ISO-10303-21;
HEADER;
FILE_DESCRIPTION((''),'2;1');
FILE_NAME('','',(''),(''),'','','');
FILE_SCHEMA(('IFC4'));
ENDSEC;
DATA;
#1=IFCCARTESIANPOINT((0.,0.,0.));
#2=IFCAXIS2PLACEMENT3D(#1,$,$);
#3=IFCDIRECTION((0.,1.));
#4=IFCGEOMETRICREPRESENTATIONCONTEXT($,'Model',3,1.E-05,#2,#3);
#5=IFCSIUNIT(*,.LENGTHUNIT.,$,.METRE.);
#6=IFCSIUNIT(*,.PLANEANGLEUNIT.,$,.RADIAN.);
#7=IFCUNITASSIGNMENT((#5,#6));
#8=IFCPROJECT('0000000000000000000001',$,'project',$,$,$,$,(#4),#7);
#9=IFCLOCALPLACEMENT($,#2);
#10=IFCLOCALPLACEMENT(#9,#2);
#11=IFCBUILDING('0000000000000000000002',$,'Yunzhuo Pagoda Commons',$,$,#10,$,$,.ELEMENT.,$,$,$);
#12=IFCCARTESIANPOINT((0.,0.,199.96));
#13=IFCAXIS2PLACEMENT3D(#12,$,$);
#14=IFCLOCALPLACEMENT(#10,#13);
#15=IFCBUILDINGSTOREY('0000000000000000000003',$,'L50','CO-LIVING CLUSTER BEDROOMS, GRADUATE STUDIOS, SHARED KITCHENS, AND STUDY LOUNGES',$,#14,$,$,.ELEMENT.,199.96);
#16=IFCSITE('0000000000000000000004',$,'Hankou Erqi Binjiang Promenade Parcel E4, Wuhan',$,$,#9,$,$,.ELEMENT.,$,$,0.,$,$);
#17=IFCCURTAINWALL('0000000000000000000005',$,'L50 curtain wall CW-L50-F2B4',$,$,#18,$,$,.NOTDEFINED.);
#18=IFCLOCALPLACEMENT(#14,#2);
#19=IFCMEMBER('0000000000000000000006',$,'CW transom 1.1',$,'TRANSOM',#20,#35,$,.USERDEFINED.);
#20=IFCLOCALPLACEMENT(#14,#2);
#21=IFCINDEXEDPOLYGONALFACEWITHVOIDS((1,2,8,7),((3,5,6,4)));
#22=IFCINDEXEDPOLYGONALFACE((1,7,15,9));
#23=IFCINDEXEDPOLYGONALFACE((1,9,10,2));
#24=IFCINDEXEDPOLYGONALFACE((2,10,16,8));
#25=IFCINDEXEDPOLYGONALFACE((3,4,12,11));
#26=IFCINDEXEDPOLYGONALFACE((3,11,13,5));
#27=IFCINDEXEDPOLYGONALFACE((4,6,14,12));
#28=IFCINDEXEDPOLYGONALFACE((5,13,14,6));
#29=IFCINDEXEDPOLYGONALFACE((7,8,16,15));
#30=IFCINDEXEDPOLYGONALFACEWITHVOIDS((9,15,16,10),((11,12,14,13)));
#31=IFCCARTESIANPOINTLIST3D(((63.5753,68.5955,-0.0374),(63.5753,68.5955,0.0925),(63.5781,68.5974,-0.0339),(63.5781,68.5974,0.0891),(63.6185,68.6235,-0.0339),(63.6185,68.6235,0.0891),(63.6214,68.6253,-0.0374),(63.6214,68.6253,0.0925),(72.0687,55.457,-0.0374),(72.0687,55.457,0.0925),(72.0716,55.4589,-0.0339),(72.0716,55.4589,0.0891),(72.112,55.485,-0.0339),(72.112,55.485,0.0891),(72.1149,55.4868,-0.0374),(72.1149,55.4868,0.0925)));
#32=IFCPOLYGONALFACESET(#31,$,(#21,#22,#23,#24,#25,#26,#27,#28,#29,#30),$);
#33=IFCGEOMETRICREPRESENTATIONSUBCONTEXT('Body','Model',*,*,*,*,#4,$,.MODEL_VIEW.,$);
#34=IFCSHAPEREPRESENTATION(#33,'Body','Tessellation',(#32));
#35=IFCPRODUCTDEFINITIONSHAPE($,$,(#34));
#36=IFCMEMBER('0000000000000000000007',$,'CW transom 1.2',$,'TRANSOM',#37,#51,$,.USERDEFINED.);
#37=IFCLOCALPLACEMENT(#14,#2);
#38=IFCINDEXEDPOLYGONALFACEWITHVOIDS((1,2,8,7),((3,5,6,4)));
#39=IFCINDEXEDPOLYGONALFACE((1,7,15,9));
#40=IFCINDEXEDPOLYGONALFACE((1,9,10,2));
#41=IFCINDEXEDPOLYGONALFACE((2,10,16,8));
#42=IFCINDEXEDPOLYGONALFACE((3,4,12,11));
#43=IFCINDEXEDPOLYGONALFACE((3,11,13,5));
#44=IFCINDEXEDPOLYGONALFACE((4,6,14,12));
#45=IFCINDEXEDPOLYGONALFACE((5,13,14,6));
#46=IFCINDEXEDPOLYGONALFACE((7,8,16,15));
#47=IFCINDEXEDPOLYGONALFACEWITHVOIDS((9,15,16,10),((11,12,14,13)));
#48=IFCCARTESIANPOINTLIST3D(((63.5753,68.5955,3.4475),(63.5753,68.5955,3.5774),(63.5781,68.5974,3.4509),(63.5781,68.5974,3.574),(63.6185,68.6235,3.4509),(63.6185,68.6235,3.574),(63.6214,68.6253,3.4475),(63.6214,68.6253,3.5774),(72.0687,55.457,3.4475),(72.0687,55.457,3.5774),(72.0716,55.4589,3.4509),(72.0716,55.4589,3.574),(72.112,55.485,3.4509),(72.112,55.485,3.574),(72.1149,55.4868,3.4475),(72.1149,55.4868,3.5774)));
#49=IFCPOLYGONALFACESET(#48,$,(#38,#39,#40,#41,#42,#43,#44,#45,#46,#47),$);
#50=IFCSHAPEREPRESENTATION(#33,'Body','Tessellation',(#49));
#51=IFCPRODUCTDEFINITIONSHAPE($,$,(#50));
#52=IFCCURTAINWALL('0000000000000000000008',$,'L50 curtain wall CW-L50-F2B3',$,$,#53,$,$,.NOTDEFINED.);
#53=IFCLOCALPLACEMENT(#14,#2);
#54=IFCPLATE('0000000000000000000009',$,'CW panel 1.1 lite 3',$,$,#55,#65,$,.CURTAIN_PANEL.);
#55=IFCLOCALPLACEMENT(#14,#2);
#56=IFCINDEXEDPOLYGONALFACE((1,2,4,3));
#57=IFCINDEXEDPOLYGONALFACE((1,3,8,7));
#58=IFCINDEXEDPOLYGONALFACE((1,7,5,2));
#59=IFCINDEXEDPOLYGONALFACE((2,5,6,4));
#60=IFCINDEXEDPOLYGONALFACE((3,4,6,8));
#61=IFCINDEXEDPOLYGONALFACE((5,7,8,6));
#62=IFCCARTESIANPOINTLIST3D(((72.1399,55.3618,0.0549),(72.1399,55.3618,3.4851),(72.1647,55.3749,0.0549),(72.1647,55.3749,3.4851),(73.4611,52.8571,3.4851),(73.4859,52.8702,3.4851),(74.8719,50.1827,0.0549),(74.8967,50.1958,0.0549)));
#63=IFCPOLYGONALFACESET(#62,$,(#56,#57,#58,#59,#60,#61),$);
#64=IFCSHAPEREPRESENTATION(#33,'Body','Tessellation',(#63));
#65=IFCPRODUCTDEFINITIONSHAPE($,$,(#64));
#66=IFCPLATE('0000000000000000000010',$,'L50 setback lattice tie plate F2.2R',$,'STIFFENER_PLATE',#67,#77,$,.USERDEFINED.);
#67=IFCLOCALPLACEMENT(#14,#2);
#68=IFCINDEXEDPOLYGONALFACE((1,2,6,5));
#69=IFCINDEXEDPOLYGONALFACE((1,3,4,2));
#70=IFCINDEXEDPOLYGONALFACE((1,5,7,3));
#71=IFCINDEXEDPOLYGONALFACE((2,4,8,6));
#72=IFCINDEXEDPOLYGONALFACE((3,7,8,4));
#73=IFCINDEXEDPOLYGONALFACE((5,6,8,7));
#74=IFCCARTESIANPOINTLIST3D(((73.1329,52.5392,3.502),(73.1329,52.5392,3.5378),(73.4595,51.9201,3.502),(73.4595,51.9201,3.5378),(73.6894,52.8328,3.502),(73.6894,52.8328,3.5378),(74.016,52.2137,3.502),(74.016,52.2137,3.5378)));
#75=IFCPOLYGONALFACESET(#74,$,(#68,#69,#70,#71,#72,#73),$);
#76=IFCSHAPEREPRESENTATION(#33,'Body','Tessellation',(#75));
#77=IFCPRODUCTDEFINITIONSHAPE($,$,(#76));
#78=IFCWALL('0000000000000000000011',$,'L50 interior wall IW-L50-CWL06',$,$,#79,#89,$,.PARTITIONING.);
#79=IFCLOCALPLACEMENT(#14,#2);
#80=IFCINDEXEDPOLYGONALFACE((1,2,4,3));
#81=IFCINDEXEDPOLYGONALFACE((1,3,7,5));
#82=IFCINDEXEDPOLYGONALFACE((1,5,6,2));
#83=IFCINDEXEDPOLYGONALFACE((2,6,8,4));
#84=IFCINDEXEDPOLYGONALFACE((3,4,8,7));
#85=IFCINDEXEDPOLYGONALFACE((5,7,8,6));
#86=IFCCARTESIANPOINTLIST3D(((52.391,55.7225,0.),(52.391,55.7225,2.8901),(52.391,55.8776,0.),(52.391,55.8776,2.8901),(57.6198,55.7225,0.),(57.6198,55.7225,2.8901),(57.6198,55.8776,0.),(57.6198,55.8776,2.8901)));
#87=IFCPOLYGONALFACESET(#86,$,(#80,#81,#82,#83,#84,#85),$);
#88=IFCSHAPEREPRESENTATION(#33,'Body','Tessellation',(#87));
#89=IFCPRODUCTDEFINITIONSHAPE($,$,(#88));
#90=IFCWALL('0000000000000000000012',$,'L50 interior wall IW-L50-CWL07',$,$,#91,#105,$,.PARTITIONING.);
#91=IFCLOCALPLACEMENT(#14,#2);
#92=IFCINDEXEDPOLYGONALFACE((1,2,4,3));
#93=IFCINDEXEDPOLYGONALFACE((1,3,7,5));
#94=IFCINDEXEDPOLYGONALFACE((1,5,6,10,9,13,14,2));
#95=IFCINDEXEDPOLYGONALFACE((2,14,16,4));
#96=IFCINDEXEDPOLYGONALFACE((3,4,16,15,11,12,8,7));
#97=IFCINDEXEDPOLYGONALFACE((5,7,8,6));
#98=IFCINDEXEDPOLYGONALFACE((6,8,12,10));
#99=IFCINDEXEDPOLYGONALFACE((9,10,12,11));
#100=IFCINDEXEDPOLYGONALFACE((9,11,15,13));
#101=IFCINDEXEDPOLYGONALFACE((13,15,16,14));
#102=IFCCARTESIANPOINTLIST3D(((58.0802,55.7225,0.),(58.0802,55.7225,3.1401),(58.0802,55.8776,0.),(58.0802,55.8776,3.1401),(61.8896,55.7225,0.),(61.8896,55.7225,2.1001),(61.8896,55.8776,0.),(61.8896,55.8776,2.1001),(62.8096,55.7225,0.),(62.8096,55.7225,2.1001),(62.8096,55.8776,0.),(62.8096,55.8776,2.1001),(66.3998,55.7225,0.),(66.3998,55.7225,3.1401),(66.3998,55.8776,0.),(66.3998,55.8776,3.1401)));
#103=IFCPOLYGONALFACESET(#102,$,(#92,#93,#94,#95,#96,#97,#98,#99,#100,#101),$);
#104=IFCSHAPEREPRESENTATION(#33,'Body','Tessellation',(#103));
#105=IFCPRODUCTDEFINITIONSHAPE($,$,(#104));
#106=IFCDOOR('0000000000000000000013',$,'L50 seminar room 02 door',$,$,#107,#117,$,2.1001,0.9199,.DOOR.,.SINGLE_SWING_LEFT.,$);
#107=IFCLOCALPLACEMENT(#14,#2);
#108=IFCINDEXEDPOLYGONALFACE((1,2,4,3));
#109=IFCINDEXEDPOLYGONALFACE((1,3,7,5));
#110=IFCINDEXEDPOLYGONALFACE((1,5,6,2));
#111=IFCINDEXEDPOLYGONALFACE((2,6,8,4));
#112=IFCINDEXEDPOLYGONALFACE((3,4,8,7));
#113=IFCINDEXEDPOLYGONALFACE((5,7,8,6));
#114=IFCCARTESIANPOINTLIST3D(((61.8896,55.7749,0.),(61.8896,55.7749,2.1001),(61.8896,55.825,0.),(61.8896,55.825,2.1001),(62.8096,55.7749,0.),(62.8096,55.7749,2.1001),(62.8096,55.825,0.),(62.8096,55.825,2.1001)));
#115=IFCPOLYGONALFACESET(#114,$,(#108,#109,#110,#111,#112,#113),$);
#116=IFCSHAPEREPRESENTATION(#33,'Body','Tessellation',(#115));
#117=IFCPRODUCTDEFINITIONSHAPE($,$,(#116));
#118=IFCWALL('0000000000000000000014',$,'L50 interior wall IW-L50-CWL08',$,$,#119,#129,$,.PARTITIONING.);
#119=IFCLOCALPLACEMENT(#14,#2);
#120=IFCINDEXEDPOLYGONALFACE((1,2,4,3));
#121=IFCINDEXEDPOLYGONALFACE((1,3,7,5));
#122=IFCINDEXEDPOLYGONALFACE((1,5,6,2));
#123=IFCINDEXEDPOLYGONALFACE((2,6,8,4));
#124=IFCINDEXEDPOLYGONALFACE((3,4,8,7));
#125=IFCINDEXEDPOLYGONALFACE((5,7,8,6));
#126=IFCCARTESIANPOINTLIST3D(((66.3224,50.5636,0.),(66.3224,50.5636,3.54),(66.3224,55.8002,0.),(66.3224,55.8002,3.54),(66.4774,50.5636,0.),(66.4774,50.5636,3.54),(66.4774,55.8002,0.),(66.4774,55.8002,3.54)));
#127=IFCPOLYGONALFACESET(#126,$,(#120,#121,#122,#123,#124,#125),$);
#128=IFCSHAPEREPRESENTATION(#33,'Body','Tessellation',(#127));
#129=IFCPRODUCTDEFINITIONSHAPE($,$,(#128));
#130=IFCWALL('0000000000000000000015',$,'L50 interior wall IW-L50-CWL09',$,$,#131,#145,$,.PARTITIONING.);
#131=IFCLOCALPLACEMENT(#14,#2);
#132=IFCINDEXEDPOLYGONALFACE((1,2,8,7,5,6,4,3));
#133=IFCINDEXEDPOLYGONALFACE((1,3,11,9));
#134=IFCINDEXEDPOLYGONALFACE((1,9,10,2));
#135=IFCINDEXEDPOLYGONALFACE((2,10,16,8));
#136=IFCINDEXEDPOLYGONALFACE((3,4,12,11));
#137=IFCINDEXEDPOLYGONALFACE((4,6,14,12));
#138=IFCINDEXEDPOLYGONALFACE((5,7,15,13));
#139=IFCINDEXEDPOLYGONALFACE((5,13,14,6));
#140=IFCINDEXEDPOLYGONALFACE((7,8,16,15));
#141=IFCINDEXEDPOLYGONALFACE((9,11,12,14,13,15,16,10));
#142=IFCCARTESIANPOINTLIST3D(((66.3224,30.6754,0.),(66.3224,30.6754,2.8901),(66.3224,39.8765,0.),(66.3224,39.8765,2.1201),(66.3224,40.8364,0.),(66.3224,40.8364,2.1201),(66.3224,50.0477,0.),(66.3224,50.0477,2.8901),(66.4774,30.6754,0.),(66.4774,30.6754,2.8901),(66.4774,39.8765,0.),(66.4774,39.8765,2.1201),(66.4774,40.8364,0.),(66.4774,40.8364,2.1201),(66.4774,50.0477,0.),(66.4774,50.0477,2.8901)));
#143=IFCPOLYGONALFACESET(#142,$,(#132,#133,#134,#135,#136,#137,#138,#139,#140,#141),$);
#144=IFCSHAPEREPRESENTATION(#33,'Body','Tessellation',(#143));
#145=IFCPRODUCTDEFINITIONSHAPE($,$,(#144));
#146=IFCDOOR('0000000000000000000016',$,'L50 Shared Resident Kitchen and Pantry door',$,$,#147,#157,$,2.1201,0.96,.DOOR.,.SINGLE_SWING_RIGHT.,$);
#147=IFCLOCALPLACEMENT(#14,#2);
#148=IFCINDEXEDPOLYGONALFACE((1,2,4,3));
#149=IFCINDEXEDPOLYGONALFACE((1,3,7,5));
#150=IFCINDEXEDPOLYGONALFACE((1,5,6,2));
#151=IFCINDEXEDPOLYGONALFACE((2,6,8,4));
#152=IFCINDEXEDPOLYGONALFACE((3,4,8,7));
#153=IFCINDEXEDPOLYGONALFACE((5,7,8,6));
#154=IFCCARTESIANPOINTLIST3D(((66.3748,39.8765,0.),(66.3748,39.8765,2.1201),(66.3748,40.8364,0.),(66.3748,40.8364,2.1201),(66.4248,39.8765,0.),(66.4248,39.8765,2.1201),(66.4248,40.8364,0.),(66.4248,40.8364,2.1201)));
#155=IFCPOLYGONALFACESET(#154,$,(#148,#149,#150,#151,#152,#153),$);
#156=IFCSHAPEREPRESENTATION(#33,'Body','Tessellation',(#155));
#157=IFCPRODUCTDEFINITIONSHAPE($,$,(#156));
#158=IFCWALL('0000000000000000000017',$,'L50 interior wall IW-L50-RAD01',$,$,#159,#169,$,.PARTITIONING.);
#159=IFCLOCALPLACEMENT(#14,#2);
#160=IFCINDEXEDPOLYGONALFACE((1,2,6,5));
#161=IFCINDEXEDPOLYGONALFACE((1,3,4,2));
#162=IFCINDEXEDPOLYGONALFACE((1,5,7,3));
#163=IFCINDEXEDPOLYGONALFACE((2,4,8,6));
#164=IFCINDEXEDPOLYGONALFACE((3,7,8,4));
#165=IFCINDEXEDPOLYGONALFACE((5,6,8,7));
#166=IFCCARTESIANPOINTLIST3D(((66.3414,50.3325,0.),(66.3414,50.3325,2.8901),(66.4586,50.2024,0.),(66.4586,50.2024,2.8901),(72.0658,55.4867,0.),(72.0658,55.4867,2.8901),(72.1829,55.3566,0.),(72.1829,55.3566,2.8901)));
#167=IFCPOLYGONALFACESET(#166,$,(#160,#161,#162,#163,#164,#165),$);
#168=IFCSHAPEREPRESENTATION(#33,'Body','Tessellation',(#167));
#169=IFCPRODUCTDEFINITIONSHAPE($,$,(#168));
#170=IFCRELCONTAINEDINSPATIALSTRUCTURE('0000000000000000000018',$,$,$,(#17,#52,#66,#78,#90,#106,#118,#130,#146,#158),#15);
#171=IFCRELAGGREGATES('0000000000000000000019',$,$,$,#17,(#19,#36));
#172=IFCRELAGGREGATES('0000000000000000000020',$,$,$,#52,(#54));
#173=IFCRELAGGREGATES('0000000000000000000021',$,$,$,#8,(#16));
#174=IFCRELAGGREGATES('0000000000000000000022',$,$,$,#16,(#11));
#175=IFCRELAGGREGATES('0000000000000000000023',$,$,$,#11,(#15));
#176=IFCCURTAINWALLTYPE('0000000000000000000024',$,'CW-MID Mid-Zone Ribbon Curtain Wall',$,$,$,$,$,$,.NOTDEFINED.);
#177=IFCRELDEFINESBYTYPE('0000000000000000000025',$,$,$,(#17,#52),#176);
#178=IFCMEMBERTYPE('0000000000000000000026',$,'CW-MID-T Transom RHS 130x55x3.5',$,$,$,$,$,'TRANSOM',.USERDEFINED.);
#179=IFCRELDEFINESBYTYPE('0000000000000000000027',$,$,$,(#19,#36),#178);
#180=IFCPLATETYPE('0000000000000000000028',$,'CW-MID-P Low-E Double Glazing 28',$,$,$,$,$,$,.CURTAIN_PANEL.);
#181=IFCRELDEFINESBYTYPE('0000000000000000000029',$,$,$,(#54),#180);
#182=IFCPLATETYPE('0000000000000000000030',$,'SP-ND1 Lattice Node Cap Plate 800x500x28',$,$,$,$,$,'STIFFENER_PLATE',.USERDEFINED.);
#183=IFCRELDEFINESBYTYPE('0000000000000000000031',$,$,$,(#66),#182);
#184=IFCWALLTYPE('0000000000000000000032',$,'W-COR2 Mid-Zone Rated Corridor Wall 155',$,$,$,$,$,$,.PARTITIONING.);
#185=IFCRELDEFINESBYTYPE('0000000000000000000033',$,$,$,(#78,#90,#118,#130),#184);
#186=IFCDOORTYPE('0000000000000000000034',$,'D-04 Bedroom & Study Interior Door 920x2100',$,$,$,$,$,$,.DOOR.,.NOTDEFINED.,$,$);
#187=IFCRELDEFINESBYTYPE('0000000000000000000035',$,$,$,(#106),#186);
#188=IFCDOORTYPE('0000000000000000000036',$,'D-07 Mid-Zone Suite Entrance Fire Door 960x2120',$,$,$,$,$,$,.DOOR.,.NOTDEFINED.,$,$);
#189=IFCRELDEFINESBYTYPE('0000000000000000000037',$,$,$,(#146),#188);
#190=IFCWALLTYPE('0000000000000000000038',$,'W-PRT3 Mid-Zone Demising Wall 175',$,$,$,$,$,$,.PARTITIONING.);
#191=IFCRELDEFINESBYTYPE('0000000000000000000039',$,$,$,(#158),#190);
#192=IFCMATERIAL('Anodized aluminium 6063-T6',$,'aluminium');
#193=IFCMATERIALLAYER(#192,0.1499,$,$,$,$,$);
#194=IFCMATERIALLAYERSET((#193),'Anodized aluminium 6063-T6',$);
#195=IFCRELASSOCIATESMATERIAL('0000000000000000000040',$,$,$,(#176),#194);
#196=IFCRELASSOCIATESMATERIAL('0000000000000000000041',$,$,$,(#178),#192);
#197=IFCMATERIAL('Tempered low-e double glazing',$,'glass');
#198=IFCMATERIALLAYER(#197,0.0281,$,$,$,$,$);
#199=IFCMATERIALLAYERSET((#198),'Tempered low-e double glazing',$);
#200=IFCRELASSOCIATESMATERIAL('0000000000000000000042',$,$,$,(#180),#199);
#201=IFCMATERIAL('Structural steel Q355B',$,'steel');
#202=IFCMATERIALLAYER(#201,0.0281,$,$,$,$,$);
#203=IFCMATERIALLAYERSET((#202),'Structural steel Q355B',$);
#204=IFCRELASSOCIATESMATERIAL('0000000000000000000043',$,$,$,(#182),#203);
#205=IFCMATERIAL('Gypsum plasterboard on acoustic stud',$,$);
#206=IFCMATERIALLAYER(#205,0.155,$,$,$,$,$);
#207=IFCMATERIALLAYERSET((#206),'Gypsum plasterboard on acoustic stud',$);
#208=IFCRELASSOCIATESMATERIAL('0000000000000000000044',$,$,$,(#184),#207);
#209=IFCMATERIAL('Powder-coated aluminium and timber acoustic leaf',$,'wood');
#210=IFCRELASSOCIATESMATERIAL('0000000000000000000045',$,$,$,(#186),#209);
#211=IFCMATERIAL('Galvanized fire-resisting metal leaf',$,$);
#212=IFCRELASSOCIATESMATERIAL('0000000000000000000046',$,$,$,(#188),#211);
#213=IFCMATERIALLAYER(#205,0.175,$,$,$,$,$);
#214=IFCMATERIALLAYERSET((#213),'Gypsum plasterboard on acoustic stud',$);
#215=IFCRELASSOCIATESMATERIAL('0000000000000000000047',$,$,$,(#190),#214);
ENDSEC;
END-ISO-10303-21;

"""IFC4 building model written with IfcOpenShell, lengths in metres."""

from ifc_helpers import new_model, si_unit, direction, frame, frame_2d, origin, origin_with_axes, origin_2d, place, context, subcontext, project, spatial, polyline, rectangle, hollow_rectangle, outline, extrude, source, transform, mapped, material, layer, layer_set, material_profile, profile_set, type_object, element, fill, aggregate, save


model = new_model("IFC4")

# Units and contexts
model_context = context("Model", 3, precision=1e-05, world=origin(), true_north=direction((0.0, 1.0)))
body_context = subcontext(model_context, "Body", "Model", "MODEL_VIEW")
ifc_project = project(units=[si_unit("LENGTHUNIT", "METRE"), si_unit("PLANEANGLEUNIT", "RADIAN")], contexts=[model_context])

# Site, building, storey
site_placement = place(None, origin())
site = spatial("IfcSite", under=ifc_project, at=site_placement, Name="Hankou Erqi Binjiang Promenade Parcel E4, Wuhan", CompositionType="ELEMENT", RefElevation=0.0)
building_placement = place(site_placement, origin())
building = spatial("IfcBuilding", under=site, at=building_placement, Name="Yunzhuo Pagoda Commons", CompositionType="ELEMENT")
storey_placement = place(building_placement, frame((0.0, 0.0, 199.96)))
storey = spatial("IfcBuildingStorey", under=building, at=storey_placement, Name="L50", Description="CO-LIVING CLUSTER BEDROOMS, GRADUATE STUDIOS, SHARED KITCHENS, AND STUDY LOUNGES", CompositionType="ELEMENT", Elevation=199.96)

# Shared definitions
ifc_material_1 = material(Name="Structural steel Q355B", Category="steel")

# Curtain wall, members
ifc_material_2 = material(Name="Anodized aluminium 6063-T6", Category="aluminium")
ifc_layer_1 = layer(ifc_material_2, 0.1499)
ifc_layer_set_1 = layer_set([ifc_layer_1], Name="Anodized aluminium 6063-T6")
curtain_wall_type = type_object("IfcCurtainWallType", Name="CW-MID Mid-Zone Ribbon Curtain Wall", PredefinedType="NOTDEFINED", material=ifc_layer_set_1)
curtain_wall_1_placement = place(storey_placement, origin())
curtain_wall_1 = element("IfcCurtainWall", 1, at=curtain_wall_1_placement, inside=storey, type_object=curtain_wall_type, Name="L50 curtain wall CW-L50-F2B4", PredefinedType="NOTDEFINED")
ifc_material_profile_1 = material_profile(ifc_material_2, hollow_rectangle(XDim=0.0549, YDim=0.1299, WallThickness=0.0034, at=origin_2d()), Name="Anodized aluminium 6063-T6")
ifc_profile_set_1 = profile_set([ifc_material_profile_1], Name="Anodized aluminium 6063-T6")
member_type_1 = type_object("IfcMemberType", Name="CW-MID-T Transom RHS 130x55x3.5", ElementType="TRANSOM", PredefinedType="USERDEFINED", material=ifc_profile_set_1)
shared_shape_1 = source(origin(), body_context, "Body", "SweptSolid", [
    extrude(hollow_rectangle(XDim=0.0549, YDim=0.1299, WallThickness=0.0034, at=origin_2d()), origin(), (0.0, 0.0, 1.0), 15.6448),
])
member_1_placement = place(storey_placement, frame((72.0918, 55.4719, 0.0276), z_axis=(-0.542894, 0.839801, 0.0), x_axis=(-0.839801, -0.542894, 0.0)))
member_1 = element("IfcMember", 2, at=member_1_placement, type_object=member_type_1, Name="CW transom 1.1", ObjectType="TRANSOM", PredefinedType="USERDEFINED", context=body_context, shape_type="MappedRepresentation", body=[
    mapped(shared_shape_1, transform((0.0, 0.0, 0.0), scale=1.0)),
])
member_2_placement = place(storey_placement, frame((72.0918, 55.4719, 3.5125), z_axis=(-0.542894, 0.839801, 0.0), x_axis=(-0.839801, -0.542894, 0.0)))
member_2 = element("IfcMember", 3, at=member_2_placement, type_object=member_type_1, Name="CW transom 1.2", ObjectType="TRANSOM", PredefinedType="USERDEFINED", context=body_context, shape_type="MappedRepresentation", body=[
    mapped(shared_shape_1, transform((0.0, 0.0, 0.0), scale=1.0)),
])
aggregate(curtain_wall_1, [member_1, member_2])

# Curtain wall, plate
curtain_wall_2_placement = place(storey_placement, origin())
curtain_wall_2 = element("IfcCurtainWall", 4, at=curtain_wall_2_placement, inside=storey, type_object=curtain_wall_type, Name="L50 curtain wall CW-L50-F2B3", PredefinedType="NOTDEFINED")
ifc_material_3 = material(Name="Tempered low-e double glazing", Category="glass")
ifc_layer_2 = layer(ifc_material_3, 0.0281)
ifc_layer_set_2 = layer_set([ifc_layer_2], Name="Tempered low-e double glazing")
plate_type_1 = type_object("IfcPlateType", Name="CW-MID-P Low-E Double Glazing 28", PredefinedType="CURTAIN_PANEL", material=ifc_layer_set_2)
plate_1_placement = place(storey_placement, frame((73.5059, 52.7722, 1.77), z_axis=(0.884484, 0.466571, 0.0), x_axis=(-0.466571, 0.884484, 0.0)))
plate_1 = element("IfcPlate", 5, at=plate_1_placement, type_object=plate_type_1, Name="CW panel 1.1 lite 3", PredefinedType="CURTAIN_PANEL", context=body_context, shape_type="SweptSolid", body=[
    extrude(outline(polyline([(-2.9277, -1.7151), (2.9277, -1.7151), (2.9277, 1.7151), (0.0959, 1.7151), (-2.9277, -1.7151)])), origin(), (0.0, 0.0, 1.0), 0.0281),
])
aggregate(curtain_wall_2, [plate_1])

# Plate
ifc_layer_3 = layer(ifc_material_1, 0.0281)
ifc_layer_set_3 = layer_set([ifc_layer_3], Name="Structural steel Q355B")
plate_type_2 = type_object("IfcPlateType", Name="SP-ND1 Lattice Node Cap Plate 800x500x28", ElementType="STIFFENER_PLATE", PredefinedType="USERDEFINED", material=ifc_layer_set_3)
shared_shape_2 = source(origin(), body_context, "Body", "SweptSolid", [
    extrude(rectangle(XDim=0.7, YDim=0.6292, at=origin_2d()), origin(), (0.0, 0.0, 1.0), 0.0359),
])
plate_2_placement = place(storey_placement, frame((73.5745, 52.3765, 3.502), z_axis=(0.0, 0.0, 1.0), x_axis=(-0.466572, 0.884483, 0.0)))
element("IfcPlate", 6, at=plate_2_placement, inside=storey, type_object=plate_type_2, Name="L50 setback lattice tie plate F2.2R", ObjectType="STIFFENER_PLATE", PredefinedType="USERDEFINED", context=body_context, shape_type="MappedRepresentation", body=[
    mapped(shared_shape_2, transform((0.0, 0.0, 0.0), scale=1.0)),
])

# Wall
ifc_material_4 = material(Name="Gypsum plasterboard on acoustic stud")
ifc_layer_4 = layer(ifc_material_4, 0.155)
ifc_layer_set_4 = layer_set([ifc_layer_4], Name="Gypsum plasterboard on acoustic stud")
wall_type_1 = type_object("IfcWallType", Name="W-COR2 Mid-Zone Rated Corridor Wall 155", PredefinedType="PARTITIONING", material=ifc_layer_set_4)
wall_1_placement = place(storey_placement, frame((52.3911, 55.8, 0.0), z_axis=(0.0, 0.0, 1.0), x_axis=(1.0, 0.0, 0.0)))
element("IfcWall", 7, at=wall_1_placement, inside=storey, type_object=wall_type_1, Name="L50 interior wall IW-L50-CWL06", PredefinedType="PARTITIONING", context=body_context, shape_type="SweptSolid", body=[
    extrude(rectangle(XDim=5.2288, YDim=0.155, at=frame_2d((2.6143, 0.0))), origin(), (0.0, 0.0, 1.0), 2.8901),
])

# Wall, opening, door
wall_2_placement = place(storey_placement, frame((58.0803, 55.8, 0.0), z_axis=(0.0, 0.0, 1.0), x_axis=(1.0, 0.0, 0.0)))
wall_2 = element("IfcWall", 8, at=wall_2_placement, inside=storey, type_object=wall_type_1, Name="L50 interior wall IW-L50-CWL07", PredefinedType="PARTITIONING", context=body_context, shape_type="SweptSolid", body=[
    extrude(rectangle(XDim=8.3196, YDim=0.155, at=frame_2d((4.1597, 0.0))), origin(), (0.0, 0.0, 1.0), 3.1401),
])
opening_1_placement = place(wall_2_placement, frame((3.8093, 0.0, 0.0)))
opening_1 = element("IfcOpeningElement", 9, at=opening_1_placement, cuts=wall_2, PredefinedType="OPENING", context=body_context, shape_type="SweptSolid", body=[
    extrude(rectangle(XDim=0.9199, YDim=2.1001, at=frame_2d((0.46, 1.05))), frame((0.0, 0.0874, 0.0), z_axis=(0.0, -1.0, 0.0), x_axis=(1.0, 0.0, 0.0)), (0.0, 0.0, 1.0), 0.175),
])
ifc_material_5 = material(Name="Powder-coated aluminium and timber acoustic leaf", Category="wood")
door_type_1 = type_object("IfcDoorType", Name="D-04 Bedroom & Study Interior Door 920x2100", OperationType="NOTDEFINED", PredefinedType="DOOR", material=ifc_material_5)
shared_shape_3 = source(origin(), body_context, "Body", "SweptSolid", [
    extrude(rectangle(XDim=0.9199, YDim=2.1001, at=frame_2d((0.46, 1.05))), frame((0.0, 0.0249, 0.0), z_axis=(0.0, -1.0, 0.0), x_axis=(1.0, 0.0, 0.0)), (0.0, 0.0, 1.0), 0.05),
])
door_1_placement = place(opening_1_placement, origin_with_axes())
door_1 = element("IfcDoor", 10, at=door_1_placement, inside=storey, type_object=door_type_1, Name="L50 seminar room 02 door", OperationType="SINGLE_SWING_LEFT", OverallHeight=2.1001, OverallWidth=0.9199, PredefinedType="DOOR", context=body_context, shape_type="MappedRepresentation", body=[
    mapped(shared_shape_3, transform((0.0, 0.0, 0.0), scale=1.0)),
])
fill(opening_1, door_1)

# Wall
wall_3_placement = place(storey_placement, frame((66.3999, 55.8, 0.0), z_axis=(0.0, 0.0, 1.0), x_axis=(0.0, -1.0, 0.0)))
element("IfcWall", 11, at=wall_3_placement, inside=storey, type_object=wall_type_1, Name="L50 interior wall IW-L50-CWL08", PredefinedType="PARTITIONING", context=body_context, shape_type="SweptSolid", body=[
    extrude(rectangle(XDim=5.2366, YDim=0.155, at=frame_2d((2.6182, 0.0))), origin(), (0.0, 0.0, 1.0), 3.54),
])

# Wall, opening, door
wall_4_placement = place(storey_placement, frame((66.3999, 50.0476, 0.0), z_axis=(0.0, 0.0, 1.0), x_axis=(0.0, -1.0, 0.0)))
wall_4 = element("IfcWall", 12, at=wall_4_placement, inside=storey, type_object=wall_type_1, Name="L50 interior wall IW-L50-CWL09", PredefinedType="PARTITIONING", context=body_context, shape_type="SweptSolid", body=[
    extrude(rectangle(XDim=19.3723, YDim=0.155, at=frame_2d((9.686, 0.0))), origin(), (0.0, 0.0, 1.0), 2.8901),
])
opening_2_placement = place(wall_4_placement, frame((9.2112, 0.0, 0.0)))
opening_2 = element("IfcOpeningElement", 13, at=opening_2_placement, cuts=wall_4, PredefinedType="OPENING", context=body_context, shape_type="SweptSolid", body=[
    extrude(rectangle(XDim=0.96, YDim=2.1201, at=frame_2d((0.48, 1.0601))), frame((0.0, 0.0874, 0.0), z_axis=(0.0, -1.0, 0.0), x_axis=(1.0, 0.0, 0.0)), (0.0, 0.0, 1.0), 0.175),
])
ifc_material_6 = material(Name="Galvanized fire-resisting metal leaf")
door_type_2 = type_object("IfcDoorType", Name="D-07 Mid-Zone Suite Entrance Fire Door 960x2120", OperationType="NOTDEFINED", PredefinedType="DOOR", material=ifc_material_6)
shared_shape_4 = source(origin(), body_context, "Body", "SweptSolid", [
    extrude(rectangle(XDim=0.96, YDim=2.1201, at=frame_2d((0.48, 1.0601))), frame((0.0, 0.0249, 0.0), z_axis=(0.0, -1.0, 0.0), x_axis=(1.0, 0.0, 0.0)), (0.0, 0.0, 1.0), 0.05),
])
door_2_placement = place(opening_2_placement, origin_with_axes())
door_2 = element("IfcDoor", 14, at=door_2_placement, inside=storey, type_object=door_type_2, Name="L50 Shared Resident Kitchen and Pantry door", OperationType="SINGLE_SWING_RIGHT", OverallHeight=2.1201, OverallWidth=0.96, PredefinedType="DOOR", context=body_context, shape_type="MappedRepresentation", body=[
    mapped(shared_shape_4, transform((0.0, 0.0, 0.0), scale=1.0)),
])
fill(opening_2, door_2)

# Wall
ifc_layer_5 = layer(ifc_material_4, 0.175)
ifc_layer_set_5 = layer_set([ifc_layer_5], Name="Gypsum plasterboard on acoustic stud")
wall_type_2 = type_object("IfcWallType", Name="W-PRT3 Mid-Zone Demising Wall 175", PredefinedType="PARTITIONING", material=ifc_layer_set_5)
wall_5_placement = place(storey_placement, frame((66.3999, 50.2673, 0.0), z_axis=(0.0, 0.0, 1.0), x_axis=(0.743141, 0.669135, 0.0)))
element("IfcWall", 15, at=wall_5_placement, inside=storey, type_object=wall_type_2, Name="L50 interior wall IW-L50-RAD01", PredefinedType="PARTITIONING", context=body_context, shape_type="SweptSolid", body=[
    extrude(rectangle(XDim=7.7029, YDim=0.175, at=frame_2d((3.8516, 0.0))), origin(), (0.0, 0.0, 1.0), 2.8901),
])

save(model, "model.ifc")
